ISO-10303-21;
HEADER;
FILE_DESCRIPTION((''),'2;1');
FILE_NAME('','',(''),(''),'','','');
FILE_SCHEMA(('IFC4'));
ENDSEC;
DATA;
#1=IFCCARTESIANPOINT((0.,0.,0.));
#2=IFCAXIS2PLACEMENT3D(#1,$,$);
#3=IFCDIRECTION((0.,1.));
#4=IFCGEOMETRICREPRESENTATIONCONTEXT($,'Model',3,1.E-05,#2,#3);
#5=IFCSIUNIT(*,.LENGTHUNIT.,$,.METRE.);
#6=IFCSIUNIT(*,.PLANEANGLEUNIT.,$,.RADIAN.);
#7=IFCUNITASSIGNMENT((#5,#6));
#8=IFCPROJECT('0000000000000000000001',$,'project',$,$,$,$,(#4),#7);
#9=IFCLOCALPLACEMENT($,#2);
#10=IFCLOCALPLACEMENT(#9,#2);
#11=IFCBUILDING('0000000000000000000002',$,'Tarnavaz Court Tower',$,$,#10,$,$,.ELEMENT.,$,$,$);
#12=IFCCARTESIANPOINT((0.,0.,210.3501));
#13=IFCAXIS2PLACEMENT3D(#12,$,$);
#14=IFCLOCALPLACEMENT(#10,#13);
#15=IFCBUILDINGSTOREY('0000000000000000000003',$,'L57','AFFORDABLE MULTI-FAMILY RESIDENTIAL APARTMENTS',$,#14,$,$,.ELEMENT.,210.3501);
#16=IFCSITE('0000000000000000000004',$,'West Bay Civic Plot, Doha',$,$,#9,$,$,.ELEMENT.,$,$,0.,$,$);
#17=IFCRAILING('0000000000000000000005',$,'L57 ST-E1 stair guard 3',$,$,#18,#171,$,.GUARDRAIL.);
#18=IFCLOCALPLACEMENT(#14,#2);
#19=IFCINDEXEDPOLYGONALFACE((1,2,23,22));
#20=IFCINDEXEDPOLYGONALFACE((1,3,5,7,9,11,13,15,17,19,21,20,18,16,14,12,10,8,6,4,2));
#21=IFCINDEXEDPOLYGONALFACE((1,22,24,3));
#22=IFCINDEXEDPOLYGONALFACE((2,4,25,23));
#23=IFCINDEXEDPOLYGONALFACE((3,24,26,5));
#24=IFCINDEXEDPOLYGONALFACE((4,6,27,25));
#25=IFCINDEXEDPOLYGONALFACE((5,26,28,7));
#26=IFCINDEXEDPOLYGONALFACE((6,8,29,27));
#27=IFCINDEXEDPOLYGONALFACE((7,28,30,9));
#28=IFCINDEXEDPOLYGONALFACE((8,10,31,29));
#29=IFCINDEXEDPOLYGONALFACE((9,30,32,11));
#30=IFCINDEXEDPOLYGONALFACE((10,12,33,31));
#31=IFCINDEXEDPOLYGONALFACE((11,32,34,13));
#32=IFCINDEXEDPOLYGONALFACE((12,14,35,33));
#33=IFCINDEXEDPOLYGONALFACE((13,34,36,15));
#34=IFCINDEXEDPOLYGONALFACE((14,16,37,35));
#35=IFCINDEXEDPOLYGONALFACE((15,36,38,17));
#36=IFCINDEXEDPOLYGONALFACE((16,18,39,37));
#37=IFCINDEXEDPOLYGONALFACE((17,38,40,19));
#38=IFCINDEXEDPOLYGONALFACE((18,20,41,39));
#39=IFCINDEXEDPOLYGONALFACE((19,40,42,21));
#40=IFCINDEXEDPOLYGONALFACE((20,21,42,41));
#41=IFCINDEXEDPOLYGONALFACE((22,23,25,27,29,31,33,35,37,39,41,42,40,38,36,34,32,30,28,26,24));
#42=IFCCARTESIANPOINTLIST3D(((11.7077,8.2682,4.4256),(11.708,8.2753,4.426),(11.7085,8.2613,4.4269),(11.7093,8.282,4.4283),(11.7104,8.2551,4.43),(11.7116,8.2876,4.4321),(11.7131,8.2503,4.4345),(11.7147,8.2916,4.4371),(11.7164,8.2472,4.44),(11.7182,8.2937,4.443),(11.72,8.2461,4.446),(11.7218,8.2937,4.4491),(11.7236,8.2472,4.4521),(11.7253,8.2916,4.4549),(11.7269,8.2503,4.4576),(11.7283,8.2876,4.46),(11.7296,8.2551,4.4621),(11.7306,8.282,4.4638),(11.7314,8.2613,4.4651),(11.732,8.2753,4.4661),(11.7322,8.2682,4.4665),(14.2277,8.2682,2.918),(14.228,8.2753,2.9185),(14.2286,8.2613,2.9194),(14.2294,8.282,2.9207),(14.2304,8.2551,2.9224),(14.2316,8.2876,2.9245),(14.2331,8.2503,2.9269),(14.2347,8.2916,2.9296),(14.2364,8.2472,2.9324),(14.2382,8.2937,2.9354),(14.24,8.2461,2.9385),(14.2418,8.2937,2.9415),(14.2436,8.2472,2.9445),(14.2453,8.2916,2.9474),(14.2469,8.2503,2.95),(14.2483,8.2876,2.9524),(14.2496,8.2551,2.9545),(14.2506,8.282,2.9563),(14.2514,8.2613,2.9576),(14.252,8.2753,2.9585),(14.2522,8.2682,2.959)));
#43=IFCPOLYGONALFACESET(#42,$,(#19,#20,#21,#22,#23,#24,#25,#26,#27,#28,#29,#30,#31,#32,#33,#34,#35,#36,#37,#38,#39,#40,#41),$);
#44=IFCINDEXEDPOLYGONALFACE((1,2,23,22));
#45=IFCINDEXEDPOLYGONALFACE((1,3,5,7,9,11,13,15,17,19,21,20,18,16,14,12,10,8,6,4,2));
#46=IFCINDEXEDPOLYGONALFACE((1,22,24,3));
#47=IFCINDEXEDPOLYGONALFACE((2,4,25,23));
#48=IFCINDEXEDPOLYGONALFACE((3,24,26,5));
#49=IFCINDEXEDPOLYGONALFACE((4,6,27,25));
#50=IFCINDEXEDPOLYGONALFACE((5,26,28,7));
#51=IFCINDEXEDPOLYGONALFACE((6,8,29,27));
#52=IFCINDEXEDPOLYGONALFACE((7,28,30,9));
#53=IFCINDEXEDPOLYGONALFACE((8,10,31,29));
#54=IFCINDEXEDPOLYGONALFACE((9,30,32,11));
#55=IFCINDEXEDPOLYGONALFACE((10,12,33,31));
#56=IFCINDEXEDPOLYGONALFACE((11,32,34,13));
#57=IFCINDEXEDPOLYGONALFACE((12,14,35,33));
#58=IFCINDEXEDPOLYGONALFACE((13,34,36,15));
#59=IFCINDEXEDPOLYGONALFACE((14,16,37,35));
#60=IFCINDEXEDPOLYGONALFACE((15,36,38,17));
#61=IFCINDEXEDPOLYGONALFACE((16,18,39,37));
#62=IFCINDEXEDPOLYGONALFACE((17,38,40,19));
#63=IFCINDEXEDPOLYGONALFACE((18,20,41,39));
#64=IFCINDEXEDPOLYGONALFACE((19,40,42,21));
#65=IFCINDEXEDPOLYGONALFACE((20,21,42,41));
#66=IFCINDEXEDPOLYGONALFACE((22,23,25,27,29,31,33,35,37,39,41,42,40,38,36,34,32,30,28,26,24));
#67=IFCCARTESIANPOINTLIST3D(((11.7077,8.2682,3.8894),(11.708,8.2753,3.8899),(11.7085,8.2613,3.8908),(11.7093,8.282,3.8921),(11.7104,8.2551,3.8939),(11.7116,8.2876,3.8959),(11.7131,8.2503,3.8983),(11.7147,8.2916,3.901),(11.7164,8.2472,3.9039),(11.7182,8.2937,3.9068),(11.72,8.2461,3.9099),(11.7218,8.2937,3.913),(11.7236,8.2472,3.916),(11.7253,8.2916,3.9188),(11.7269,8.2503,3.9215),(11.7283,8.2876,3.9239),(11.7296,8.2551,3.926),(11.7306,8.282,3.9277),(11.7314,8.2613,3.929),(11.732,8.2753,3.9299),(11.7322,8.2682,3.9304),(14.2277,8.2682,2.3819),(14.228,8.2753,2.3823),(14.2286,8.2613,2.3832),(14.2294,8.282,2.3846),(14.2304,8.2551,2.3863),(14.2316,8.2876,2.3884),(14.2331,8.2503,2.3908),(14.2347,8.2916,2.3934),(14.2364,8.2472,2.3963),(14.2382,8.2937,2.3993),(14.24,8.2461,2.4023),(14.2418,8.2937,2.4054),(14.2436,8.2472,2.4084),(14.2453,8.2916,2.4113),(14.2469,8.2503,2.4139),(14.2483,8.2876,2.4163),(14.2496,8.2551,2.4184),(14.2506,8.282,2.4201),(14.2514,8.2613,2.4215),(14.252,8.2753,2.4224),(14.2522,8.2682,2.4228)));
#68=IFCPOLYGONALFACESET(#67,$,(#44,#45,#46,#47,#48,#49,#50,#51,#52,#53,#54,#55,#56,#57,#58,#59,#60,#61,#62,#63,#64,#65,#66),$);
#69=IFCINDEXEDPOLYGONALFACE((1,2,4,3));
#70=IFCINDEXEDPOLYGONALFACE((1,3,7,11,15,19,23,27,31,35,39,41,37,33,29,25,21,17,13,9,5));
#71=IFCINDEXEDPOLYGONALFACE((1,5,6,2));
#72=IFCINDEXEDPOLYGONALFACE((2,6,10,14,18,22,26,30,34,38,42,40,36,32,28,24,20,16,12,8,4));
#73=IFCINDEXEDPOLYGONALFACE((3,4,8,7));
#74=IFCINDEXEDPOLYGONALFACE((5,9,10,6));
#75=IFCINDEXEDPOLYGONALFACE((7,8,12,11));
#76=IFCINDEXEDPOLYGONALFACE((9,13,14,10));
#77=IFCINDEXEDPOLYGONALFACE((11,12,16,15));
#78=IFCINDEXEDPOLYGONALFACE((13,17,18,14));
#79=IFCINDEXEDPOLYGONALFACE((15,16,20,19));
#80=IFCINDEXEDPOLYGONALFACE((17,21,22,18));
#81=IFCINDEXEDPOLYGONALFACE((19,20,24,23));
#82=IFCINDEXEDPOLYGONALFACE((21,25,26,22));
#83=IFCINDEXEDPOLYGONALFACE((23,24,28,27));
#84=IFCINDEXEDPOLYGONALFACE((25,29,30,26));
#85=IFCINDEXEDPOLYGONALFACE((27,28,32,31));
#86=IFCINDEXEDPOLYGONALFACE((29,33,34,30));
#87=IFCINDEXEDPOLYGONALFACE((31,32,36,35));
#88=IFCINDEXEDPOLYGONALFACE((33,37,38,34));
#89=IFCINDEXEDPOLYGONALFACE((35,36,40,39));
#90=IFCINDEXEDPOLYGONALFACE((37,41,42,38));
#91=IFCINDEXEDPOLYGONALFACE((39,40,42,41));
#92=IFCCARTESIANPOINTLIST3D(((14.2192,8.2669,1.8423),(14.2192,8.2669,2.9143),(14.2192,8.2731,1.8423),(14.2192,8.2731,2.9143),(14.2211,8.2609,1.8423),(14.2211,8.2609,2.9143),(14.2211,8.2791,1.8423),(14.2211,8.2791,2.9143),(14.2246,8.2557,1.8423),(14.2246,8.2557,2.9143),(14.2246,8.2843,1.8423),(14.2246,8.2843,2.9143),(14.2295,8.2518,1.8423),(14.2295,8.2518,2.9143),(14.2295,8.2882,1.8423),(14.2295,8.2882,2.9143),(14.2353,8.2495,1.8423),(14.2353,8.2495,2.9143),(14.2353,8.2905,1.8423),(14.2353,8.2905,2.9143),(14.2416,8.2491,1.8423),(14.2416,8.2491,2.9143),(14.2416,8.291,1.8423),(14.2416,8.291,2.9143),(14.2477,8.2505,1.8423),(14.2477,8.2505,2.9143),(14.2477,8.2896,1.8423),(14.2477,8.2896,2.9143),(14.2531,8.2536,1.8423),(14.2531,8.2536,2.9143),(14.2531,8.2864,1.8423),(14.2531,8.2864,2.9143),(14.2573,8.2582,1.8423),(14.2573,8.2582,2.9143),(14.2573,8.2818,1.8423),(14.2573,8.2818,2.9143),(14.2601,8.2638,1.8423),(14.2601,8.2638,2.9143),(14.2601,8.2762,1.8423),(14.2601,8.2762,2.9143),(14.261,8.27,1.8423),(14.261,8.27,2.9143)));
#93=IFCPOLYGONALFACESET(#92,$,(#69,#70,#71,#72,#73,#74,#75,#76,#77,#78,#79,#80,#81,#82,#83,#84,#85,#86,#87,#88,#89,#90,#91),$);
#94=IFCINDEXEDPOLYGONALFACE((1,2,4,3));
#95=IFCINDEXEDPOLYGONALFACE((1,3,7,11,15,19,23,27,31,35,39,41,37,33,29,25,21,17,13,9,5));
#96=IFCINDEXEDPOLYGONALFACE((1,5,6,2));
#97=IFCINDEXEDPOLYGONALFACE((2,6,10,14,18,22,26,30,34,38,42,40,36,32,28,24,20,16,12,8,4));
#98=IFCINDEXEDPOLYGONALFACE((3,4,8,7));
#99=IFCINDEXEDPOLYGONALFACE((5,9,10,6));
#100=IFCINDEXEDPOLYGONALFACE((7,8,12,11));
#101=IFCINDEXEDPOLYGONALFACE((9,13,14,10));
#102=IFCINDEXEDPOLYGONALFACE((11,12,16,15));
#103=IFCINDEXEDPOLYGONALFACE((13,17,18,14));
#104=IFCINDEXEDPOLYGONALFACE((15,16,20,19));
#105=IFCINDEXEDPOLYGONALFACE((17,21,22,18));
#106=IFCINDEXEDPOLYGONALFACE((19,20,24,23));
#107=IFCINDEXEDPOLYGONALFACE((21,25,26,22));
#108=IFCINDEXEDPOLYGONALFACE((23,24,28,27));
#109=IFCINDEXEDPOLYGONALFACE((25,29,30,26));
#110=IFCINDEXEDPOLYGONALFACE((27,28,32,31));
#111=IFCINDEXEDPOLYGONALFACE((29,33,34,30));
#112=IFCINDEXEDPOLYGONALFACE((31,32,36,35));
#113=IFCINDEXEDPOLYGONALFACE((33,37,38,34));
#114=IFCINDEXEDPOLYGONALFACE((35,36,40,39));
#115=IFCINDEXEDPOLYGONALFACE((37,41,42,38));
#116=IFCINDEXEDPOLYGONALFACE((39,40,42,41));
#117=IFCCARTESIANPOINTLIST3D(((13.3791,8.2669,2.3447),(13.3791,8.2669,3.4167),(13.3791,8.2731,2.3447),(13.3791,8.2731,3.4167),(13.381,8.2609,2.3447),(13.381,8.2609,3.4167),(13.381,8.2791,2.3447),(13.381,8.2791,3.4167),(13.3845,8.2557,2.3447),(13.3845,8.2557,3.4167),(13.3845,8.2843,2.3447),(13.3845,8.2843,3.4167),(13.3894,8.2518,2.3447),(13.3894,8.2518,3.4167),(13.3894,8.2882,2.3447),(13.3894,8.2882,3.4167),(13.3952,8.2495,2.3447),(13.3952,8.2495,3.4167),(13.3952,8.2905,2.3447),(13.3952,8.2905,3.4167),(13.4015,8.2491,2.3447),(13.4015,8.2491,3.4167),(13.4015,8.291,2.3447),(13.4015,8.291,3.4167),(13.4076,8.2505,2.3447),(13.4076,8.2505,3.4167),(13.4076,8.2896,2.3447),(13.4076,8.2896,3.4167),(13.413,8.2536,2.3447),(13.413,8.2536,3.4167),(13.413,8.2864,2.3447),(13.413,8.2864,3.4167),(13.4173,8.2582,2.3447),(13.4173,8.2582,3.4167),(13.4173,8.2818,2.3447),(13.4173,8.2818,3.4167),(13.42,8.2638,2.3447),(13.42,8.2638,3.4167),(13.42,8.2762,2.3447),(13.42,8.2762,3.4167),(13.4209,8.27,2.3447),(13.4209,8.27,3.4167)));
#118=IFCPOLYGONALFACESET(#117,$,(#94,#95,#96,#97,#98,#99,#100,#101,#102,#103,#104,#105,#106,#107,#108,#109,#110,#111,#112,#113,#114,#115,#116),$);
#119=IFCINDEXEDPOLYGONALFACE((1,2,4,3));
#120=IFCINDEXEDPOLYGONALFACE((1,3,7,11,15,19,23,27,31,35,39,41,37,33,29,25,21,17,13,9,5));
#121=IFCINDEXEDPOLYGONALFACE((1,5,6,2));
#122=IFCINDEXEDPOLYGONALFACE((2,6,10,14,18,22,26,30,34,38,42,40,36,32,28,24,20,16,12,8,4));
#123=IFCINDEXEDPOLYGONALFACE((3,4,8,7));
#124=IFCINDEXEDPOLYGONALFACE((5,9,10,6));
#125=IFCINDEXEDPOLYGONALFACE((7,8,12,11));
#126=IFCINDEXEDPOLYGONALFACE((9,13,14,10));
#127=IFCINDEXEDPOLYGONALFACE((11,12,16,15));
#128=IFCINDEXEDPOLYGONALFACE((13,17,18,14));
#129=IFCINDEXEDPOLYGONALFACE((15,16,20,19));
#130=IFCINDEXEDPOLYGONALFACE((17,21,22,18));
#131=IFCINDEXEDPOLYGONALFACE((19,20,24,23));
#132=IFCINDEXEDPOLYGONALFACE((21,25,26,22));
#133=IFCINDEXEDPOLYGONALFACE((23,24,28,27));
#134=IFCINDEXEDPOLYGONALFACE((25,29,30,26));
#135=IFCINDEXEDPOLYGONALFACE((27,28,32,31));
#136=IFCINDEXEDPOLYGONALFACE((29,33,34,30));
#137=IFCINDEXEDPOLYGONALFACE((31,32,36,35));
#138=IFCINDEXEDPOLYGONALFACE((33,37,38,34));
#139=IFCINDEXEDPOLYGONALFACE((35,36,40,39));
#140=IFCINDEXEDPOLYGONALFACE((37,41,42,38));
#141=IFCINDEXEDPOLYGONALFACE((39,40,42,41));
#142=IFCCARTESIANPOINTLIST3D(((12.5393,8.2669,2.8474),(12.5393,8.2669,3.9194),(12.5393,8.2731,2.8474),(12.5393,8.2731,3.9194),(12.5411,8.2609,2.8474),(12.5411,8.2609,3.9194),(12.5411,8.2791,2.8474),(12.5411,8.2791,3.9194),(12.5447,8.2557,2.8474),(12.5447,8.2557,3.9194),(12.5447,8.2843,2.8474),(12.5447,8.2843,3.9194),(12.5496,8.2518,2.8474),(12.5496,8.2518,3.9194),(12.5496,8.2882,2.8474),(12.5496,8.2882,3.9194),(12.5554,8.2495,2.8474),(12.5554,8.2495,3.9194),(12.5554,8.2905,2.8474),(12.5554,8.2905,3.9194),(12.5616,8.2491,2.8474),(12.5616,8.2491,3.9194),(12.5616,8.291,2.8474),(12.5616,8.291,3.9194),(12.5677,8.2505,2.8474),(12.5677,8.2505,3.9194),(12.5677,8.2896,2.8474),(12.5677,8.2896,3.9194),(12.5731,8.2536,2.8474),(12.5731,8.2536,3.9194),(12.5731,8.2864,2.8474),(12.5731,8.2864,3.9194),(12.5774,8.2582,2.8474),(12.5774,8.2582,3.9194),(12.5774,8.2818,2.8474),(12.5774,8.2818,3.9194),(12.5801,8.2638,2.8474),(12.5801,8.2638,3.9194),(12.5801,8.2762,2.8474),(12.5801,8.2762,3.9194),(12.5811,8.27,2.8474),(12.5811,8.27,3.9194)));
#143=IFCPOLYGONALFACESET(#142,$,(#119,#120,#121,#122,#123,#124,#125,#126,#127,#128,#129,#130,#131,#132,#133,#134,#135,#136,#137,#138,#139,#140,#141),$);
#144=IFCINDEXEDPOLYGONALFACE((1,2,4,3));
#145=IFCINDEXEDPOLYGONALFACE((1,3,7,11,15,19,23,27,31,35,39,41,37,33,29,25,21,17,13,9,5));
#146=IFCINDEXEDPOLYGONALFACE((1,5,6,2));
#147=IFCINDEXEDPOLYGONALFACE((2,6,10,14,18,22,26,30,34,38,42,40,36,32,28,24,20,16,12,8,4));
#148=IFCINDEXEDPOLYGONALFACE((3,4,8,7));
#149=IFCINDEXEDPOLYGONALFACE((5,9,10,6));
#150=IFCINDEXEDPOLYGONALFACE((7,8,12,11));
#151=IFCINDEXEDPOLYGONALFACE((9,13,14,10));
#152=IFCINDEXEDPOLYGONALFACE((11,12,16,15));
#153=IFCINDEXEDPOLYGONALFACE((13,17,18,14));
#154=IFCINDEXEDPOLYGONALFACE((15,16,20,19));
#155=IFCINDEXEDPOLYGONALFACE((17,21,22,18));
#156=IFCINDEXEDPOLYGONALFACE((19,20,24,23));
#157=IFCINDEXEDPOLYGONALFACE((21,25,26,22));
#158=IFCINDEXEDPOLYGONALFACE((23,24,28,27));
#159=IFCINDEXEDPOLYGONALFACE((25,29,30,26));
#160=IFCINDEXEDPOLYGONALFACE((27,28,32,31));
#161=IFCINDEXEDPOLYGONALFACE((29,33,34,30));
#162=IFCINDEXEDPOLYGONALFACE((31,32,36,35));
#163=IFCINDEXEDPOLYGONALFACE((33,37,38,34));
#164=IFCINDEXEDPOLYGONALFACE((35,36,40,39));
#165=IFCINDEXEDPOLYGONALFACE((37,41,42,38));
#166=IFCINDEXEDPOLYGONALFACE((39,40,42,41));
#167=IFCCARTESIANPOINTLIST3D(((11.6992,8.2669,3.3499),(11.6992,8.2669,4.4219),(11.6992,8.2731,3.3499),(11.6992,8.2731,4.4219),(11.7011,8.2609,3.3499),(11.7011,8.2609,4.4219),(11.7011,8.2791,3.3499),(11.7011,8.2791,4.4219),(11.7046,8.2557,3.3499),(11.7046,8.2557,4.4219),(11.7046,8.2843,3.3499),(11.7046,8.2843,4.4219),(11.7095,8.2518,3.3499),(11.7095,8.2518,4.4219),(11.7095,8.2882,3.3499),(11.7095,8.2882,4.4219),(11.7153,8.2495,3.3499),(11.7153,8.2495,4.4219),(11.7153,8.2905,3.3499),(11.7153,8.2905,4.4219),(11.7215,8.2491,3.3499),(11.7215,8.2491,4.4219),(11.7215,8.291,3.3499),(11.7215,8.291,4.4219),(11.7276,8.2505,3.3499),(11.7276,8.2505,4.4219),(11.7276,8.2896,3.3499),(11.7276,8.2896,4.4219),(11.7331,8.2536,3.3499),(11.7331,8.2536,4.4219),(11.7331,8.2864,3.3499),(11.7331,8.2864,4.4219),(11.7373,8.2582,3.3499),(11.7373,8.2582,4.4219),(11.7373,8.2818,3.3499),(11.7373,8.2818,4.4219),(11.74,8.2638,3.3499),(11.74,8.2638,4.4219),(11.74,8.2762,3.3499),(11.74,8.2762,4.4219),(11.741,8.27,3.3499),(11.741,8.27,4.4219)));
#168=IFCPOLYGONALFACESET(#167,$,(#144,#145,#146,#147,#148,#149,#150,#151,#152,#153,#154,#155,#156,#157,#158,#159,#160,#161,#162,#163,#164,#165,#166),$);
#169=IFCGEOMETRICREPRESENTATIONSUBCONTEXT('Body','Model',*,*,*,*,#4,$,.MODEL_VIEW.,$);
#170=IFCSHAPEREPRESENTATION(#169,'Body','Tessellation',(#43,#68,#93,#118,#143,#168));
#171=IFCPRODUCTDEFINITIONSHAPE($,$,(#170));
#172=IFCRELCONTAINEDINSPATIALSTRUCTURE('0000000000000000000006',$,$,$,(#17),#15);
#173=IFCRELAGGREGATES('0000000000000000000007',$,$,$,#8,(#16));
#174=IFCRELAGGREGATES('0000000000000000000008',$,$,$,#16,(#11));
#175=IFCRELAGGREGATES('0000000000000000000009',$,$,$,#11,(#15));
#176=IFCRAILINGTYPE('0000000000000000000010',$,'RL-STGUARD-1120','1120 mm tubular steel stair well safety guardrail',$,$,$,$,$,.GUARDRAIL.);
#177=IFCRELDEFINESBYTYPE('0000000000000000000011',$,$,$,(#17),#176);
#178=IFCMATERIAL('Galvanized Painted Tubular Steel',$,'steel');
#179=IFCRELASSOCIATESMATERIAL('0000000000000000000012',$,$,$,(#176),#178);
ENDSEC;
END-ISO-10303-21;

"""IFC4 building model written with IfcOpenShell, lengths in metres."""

from ifc_helpers import new_model, si_unit, direction, frame, origin, origin_2d, place, context, subcontext, project, spatial, circle, extrude, material, type_object, element, save


model = new_model("IFC4")

# Units and contexts
model_context = context("Model", 3, precision=1e-05, world=origin(), true_north=direction((0.0, 1.0)))
body_context = subcontext(model_context, "Body", "Model", "MODEL_VIEW")
ifc_project = project(units=[si_unit("LENGTHUNIT", "METRE"), si_unit("PLANEANGLEUNIT", "RADIAN")], contexts=[model_context])

# Site, building, storey
site_placement = place(None, origin())
site = spatial("IfcSite", under=ifc_project, at=site_placement, Name="West Bay Civic Plot, Doha", CompositionType="ELEMENT", RefElevation=0.0)
building_placement = place(site_placement, origin())
building = spatial("IfcBuilding", under=site, at=building_placement, Name="Tarnavaz Court Tower", CompositionType="ELEMENT")
storey_placement = place(building_placement, frame((0.0, 0.0, 210.3501)))
storey = spatial("IfcBuildingStorey", under=building, at=storey_placement, Name="L57", Description="AFFORDABLE MULTI-FAMILY RESIDENTIAL APARTMENTS", CompositionType="ELEMENT", Elevation=210.3501)

# Railing
ifc_material_1 = material(Name="Galvanized Painted Tubular Steel", Category="steel")
railing_type_1 = type_object("IfcRailingType", Name="RL-STGUARD-1120", Description="1120 mm tubular steel stair well safety guardrail", PredefinedType="GUARDRAIL", material=ifc_material_1)
railing_1_placement = place(storey_placement, frame((14.24, 8.27, 1.8423)))
element("IfcRailing", 1, at=railing_1_placement, inside=storey, type_object=railing_type_1, Name="L57 ST-E1 stair guard 3", PredefinedType="GUARDRAIL", context=body_context, shape_type="SweptSolid", body=[
    extrude(circle(Radius=0.0239, at=origin_2d()), frame((0.0, 0.0, 1.0962), z_axis=(-0.85816, 0.0, 0.513383), x_axis=(0.0, -1.0, 0.0)), (0.0, 0.0, 1.0), 2.9365),
    extrude(circle(Radius=0.0239, at=origin_2d()), frame((0.0, 0.0, 0.5601), z_axis=(-0.85816, 0.0, 0.513383), x_axis=(0.0, -1.0, 0.0)), (0.0, 0.0, 1.0), 2.9365),
    extrude(circle(Radius=0.021, at=origin_2d()), origin(), (0.0, 0.0, 1.0), 1.072),
    extrude(circle(Radius=0.021, at=origin_2d()), frame((-0.8401, 0.0, 0.5024)), (0.0, 0.0, 1.0), 1.072),
    extrude(circle(Radius=0.021, at=origin_2d()), frame((-1.6799, 0.0, 1.0051)), (0.0, 0.0, 1.0), 1.072),
    extrude(circle(Radius=0.021, at=origin_2d()), frame((-2.52, 0.0, 1.5076)), (0.0, 0.0, 1.0), 1.072),
])

save(model, "model.ifc")
